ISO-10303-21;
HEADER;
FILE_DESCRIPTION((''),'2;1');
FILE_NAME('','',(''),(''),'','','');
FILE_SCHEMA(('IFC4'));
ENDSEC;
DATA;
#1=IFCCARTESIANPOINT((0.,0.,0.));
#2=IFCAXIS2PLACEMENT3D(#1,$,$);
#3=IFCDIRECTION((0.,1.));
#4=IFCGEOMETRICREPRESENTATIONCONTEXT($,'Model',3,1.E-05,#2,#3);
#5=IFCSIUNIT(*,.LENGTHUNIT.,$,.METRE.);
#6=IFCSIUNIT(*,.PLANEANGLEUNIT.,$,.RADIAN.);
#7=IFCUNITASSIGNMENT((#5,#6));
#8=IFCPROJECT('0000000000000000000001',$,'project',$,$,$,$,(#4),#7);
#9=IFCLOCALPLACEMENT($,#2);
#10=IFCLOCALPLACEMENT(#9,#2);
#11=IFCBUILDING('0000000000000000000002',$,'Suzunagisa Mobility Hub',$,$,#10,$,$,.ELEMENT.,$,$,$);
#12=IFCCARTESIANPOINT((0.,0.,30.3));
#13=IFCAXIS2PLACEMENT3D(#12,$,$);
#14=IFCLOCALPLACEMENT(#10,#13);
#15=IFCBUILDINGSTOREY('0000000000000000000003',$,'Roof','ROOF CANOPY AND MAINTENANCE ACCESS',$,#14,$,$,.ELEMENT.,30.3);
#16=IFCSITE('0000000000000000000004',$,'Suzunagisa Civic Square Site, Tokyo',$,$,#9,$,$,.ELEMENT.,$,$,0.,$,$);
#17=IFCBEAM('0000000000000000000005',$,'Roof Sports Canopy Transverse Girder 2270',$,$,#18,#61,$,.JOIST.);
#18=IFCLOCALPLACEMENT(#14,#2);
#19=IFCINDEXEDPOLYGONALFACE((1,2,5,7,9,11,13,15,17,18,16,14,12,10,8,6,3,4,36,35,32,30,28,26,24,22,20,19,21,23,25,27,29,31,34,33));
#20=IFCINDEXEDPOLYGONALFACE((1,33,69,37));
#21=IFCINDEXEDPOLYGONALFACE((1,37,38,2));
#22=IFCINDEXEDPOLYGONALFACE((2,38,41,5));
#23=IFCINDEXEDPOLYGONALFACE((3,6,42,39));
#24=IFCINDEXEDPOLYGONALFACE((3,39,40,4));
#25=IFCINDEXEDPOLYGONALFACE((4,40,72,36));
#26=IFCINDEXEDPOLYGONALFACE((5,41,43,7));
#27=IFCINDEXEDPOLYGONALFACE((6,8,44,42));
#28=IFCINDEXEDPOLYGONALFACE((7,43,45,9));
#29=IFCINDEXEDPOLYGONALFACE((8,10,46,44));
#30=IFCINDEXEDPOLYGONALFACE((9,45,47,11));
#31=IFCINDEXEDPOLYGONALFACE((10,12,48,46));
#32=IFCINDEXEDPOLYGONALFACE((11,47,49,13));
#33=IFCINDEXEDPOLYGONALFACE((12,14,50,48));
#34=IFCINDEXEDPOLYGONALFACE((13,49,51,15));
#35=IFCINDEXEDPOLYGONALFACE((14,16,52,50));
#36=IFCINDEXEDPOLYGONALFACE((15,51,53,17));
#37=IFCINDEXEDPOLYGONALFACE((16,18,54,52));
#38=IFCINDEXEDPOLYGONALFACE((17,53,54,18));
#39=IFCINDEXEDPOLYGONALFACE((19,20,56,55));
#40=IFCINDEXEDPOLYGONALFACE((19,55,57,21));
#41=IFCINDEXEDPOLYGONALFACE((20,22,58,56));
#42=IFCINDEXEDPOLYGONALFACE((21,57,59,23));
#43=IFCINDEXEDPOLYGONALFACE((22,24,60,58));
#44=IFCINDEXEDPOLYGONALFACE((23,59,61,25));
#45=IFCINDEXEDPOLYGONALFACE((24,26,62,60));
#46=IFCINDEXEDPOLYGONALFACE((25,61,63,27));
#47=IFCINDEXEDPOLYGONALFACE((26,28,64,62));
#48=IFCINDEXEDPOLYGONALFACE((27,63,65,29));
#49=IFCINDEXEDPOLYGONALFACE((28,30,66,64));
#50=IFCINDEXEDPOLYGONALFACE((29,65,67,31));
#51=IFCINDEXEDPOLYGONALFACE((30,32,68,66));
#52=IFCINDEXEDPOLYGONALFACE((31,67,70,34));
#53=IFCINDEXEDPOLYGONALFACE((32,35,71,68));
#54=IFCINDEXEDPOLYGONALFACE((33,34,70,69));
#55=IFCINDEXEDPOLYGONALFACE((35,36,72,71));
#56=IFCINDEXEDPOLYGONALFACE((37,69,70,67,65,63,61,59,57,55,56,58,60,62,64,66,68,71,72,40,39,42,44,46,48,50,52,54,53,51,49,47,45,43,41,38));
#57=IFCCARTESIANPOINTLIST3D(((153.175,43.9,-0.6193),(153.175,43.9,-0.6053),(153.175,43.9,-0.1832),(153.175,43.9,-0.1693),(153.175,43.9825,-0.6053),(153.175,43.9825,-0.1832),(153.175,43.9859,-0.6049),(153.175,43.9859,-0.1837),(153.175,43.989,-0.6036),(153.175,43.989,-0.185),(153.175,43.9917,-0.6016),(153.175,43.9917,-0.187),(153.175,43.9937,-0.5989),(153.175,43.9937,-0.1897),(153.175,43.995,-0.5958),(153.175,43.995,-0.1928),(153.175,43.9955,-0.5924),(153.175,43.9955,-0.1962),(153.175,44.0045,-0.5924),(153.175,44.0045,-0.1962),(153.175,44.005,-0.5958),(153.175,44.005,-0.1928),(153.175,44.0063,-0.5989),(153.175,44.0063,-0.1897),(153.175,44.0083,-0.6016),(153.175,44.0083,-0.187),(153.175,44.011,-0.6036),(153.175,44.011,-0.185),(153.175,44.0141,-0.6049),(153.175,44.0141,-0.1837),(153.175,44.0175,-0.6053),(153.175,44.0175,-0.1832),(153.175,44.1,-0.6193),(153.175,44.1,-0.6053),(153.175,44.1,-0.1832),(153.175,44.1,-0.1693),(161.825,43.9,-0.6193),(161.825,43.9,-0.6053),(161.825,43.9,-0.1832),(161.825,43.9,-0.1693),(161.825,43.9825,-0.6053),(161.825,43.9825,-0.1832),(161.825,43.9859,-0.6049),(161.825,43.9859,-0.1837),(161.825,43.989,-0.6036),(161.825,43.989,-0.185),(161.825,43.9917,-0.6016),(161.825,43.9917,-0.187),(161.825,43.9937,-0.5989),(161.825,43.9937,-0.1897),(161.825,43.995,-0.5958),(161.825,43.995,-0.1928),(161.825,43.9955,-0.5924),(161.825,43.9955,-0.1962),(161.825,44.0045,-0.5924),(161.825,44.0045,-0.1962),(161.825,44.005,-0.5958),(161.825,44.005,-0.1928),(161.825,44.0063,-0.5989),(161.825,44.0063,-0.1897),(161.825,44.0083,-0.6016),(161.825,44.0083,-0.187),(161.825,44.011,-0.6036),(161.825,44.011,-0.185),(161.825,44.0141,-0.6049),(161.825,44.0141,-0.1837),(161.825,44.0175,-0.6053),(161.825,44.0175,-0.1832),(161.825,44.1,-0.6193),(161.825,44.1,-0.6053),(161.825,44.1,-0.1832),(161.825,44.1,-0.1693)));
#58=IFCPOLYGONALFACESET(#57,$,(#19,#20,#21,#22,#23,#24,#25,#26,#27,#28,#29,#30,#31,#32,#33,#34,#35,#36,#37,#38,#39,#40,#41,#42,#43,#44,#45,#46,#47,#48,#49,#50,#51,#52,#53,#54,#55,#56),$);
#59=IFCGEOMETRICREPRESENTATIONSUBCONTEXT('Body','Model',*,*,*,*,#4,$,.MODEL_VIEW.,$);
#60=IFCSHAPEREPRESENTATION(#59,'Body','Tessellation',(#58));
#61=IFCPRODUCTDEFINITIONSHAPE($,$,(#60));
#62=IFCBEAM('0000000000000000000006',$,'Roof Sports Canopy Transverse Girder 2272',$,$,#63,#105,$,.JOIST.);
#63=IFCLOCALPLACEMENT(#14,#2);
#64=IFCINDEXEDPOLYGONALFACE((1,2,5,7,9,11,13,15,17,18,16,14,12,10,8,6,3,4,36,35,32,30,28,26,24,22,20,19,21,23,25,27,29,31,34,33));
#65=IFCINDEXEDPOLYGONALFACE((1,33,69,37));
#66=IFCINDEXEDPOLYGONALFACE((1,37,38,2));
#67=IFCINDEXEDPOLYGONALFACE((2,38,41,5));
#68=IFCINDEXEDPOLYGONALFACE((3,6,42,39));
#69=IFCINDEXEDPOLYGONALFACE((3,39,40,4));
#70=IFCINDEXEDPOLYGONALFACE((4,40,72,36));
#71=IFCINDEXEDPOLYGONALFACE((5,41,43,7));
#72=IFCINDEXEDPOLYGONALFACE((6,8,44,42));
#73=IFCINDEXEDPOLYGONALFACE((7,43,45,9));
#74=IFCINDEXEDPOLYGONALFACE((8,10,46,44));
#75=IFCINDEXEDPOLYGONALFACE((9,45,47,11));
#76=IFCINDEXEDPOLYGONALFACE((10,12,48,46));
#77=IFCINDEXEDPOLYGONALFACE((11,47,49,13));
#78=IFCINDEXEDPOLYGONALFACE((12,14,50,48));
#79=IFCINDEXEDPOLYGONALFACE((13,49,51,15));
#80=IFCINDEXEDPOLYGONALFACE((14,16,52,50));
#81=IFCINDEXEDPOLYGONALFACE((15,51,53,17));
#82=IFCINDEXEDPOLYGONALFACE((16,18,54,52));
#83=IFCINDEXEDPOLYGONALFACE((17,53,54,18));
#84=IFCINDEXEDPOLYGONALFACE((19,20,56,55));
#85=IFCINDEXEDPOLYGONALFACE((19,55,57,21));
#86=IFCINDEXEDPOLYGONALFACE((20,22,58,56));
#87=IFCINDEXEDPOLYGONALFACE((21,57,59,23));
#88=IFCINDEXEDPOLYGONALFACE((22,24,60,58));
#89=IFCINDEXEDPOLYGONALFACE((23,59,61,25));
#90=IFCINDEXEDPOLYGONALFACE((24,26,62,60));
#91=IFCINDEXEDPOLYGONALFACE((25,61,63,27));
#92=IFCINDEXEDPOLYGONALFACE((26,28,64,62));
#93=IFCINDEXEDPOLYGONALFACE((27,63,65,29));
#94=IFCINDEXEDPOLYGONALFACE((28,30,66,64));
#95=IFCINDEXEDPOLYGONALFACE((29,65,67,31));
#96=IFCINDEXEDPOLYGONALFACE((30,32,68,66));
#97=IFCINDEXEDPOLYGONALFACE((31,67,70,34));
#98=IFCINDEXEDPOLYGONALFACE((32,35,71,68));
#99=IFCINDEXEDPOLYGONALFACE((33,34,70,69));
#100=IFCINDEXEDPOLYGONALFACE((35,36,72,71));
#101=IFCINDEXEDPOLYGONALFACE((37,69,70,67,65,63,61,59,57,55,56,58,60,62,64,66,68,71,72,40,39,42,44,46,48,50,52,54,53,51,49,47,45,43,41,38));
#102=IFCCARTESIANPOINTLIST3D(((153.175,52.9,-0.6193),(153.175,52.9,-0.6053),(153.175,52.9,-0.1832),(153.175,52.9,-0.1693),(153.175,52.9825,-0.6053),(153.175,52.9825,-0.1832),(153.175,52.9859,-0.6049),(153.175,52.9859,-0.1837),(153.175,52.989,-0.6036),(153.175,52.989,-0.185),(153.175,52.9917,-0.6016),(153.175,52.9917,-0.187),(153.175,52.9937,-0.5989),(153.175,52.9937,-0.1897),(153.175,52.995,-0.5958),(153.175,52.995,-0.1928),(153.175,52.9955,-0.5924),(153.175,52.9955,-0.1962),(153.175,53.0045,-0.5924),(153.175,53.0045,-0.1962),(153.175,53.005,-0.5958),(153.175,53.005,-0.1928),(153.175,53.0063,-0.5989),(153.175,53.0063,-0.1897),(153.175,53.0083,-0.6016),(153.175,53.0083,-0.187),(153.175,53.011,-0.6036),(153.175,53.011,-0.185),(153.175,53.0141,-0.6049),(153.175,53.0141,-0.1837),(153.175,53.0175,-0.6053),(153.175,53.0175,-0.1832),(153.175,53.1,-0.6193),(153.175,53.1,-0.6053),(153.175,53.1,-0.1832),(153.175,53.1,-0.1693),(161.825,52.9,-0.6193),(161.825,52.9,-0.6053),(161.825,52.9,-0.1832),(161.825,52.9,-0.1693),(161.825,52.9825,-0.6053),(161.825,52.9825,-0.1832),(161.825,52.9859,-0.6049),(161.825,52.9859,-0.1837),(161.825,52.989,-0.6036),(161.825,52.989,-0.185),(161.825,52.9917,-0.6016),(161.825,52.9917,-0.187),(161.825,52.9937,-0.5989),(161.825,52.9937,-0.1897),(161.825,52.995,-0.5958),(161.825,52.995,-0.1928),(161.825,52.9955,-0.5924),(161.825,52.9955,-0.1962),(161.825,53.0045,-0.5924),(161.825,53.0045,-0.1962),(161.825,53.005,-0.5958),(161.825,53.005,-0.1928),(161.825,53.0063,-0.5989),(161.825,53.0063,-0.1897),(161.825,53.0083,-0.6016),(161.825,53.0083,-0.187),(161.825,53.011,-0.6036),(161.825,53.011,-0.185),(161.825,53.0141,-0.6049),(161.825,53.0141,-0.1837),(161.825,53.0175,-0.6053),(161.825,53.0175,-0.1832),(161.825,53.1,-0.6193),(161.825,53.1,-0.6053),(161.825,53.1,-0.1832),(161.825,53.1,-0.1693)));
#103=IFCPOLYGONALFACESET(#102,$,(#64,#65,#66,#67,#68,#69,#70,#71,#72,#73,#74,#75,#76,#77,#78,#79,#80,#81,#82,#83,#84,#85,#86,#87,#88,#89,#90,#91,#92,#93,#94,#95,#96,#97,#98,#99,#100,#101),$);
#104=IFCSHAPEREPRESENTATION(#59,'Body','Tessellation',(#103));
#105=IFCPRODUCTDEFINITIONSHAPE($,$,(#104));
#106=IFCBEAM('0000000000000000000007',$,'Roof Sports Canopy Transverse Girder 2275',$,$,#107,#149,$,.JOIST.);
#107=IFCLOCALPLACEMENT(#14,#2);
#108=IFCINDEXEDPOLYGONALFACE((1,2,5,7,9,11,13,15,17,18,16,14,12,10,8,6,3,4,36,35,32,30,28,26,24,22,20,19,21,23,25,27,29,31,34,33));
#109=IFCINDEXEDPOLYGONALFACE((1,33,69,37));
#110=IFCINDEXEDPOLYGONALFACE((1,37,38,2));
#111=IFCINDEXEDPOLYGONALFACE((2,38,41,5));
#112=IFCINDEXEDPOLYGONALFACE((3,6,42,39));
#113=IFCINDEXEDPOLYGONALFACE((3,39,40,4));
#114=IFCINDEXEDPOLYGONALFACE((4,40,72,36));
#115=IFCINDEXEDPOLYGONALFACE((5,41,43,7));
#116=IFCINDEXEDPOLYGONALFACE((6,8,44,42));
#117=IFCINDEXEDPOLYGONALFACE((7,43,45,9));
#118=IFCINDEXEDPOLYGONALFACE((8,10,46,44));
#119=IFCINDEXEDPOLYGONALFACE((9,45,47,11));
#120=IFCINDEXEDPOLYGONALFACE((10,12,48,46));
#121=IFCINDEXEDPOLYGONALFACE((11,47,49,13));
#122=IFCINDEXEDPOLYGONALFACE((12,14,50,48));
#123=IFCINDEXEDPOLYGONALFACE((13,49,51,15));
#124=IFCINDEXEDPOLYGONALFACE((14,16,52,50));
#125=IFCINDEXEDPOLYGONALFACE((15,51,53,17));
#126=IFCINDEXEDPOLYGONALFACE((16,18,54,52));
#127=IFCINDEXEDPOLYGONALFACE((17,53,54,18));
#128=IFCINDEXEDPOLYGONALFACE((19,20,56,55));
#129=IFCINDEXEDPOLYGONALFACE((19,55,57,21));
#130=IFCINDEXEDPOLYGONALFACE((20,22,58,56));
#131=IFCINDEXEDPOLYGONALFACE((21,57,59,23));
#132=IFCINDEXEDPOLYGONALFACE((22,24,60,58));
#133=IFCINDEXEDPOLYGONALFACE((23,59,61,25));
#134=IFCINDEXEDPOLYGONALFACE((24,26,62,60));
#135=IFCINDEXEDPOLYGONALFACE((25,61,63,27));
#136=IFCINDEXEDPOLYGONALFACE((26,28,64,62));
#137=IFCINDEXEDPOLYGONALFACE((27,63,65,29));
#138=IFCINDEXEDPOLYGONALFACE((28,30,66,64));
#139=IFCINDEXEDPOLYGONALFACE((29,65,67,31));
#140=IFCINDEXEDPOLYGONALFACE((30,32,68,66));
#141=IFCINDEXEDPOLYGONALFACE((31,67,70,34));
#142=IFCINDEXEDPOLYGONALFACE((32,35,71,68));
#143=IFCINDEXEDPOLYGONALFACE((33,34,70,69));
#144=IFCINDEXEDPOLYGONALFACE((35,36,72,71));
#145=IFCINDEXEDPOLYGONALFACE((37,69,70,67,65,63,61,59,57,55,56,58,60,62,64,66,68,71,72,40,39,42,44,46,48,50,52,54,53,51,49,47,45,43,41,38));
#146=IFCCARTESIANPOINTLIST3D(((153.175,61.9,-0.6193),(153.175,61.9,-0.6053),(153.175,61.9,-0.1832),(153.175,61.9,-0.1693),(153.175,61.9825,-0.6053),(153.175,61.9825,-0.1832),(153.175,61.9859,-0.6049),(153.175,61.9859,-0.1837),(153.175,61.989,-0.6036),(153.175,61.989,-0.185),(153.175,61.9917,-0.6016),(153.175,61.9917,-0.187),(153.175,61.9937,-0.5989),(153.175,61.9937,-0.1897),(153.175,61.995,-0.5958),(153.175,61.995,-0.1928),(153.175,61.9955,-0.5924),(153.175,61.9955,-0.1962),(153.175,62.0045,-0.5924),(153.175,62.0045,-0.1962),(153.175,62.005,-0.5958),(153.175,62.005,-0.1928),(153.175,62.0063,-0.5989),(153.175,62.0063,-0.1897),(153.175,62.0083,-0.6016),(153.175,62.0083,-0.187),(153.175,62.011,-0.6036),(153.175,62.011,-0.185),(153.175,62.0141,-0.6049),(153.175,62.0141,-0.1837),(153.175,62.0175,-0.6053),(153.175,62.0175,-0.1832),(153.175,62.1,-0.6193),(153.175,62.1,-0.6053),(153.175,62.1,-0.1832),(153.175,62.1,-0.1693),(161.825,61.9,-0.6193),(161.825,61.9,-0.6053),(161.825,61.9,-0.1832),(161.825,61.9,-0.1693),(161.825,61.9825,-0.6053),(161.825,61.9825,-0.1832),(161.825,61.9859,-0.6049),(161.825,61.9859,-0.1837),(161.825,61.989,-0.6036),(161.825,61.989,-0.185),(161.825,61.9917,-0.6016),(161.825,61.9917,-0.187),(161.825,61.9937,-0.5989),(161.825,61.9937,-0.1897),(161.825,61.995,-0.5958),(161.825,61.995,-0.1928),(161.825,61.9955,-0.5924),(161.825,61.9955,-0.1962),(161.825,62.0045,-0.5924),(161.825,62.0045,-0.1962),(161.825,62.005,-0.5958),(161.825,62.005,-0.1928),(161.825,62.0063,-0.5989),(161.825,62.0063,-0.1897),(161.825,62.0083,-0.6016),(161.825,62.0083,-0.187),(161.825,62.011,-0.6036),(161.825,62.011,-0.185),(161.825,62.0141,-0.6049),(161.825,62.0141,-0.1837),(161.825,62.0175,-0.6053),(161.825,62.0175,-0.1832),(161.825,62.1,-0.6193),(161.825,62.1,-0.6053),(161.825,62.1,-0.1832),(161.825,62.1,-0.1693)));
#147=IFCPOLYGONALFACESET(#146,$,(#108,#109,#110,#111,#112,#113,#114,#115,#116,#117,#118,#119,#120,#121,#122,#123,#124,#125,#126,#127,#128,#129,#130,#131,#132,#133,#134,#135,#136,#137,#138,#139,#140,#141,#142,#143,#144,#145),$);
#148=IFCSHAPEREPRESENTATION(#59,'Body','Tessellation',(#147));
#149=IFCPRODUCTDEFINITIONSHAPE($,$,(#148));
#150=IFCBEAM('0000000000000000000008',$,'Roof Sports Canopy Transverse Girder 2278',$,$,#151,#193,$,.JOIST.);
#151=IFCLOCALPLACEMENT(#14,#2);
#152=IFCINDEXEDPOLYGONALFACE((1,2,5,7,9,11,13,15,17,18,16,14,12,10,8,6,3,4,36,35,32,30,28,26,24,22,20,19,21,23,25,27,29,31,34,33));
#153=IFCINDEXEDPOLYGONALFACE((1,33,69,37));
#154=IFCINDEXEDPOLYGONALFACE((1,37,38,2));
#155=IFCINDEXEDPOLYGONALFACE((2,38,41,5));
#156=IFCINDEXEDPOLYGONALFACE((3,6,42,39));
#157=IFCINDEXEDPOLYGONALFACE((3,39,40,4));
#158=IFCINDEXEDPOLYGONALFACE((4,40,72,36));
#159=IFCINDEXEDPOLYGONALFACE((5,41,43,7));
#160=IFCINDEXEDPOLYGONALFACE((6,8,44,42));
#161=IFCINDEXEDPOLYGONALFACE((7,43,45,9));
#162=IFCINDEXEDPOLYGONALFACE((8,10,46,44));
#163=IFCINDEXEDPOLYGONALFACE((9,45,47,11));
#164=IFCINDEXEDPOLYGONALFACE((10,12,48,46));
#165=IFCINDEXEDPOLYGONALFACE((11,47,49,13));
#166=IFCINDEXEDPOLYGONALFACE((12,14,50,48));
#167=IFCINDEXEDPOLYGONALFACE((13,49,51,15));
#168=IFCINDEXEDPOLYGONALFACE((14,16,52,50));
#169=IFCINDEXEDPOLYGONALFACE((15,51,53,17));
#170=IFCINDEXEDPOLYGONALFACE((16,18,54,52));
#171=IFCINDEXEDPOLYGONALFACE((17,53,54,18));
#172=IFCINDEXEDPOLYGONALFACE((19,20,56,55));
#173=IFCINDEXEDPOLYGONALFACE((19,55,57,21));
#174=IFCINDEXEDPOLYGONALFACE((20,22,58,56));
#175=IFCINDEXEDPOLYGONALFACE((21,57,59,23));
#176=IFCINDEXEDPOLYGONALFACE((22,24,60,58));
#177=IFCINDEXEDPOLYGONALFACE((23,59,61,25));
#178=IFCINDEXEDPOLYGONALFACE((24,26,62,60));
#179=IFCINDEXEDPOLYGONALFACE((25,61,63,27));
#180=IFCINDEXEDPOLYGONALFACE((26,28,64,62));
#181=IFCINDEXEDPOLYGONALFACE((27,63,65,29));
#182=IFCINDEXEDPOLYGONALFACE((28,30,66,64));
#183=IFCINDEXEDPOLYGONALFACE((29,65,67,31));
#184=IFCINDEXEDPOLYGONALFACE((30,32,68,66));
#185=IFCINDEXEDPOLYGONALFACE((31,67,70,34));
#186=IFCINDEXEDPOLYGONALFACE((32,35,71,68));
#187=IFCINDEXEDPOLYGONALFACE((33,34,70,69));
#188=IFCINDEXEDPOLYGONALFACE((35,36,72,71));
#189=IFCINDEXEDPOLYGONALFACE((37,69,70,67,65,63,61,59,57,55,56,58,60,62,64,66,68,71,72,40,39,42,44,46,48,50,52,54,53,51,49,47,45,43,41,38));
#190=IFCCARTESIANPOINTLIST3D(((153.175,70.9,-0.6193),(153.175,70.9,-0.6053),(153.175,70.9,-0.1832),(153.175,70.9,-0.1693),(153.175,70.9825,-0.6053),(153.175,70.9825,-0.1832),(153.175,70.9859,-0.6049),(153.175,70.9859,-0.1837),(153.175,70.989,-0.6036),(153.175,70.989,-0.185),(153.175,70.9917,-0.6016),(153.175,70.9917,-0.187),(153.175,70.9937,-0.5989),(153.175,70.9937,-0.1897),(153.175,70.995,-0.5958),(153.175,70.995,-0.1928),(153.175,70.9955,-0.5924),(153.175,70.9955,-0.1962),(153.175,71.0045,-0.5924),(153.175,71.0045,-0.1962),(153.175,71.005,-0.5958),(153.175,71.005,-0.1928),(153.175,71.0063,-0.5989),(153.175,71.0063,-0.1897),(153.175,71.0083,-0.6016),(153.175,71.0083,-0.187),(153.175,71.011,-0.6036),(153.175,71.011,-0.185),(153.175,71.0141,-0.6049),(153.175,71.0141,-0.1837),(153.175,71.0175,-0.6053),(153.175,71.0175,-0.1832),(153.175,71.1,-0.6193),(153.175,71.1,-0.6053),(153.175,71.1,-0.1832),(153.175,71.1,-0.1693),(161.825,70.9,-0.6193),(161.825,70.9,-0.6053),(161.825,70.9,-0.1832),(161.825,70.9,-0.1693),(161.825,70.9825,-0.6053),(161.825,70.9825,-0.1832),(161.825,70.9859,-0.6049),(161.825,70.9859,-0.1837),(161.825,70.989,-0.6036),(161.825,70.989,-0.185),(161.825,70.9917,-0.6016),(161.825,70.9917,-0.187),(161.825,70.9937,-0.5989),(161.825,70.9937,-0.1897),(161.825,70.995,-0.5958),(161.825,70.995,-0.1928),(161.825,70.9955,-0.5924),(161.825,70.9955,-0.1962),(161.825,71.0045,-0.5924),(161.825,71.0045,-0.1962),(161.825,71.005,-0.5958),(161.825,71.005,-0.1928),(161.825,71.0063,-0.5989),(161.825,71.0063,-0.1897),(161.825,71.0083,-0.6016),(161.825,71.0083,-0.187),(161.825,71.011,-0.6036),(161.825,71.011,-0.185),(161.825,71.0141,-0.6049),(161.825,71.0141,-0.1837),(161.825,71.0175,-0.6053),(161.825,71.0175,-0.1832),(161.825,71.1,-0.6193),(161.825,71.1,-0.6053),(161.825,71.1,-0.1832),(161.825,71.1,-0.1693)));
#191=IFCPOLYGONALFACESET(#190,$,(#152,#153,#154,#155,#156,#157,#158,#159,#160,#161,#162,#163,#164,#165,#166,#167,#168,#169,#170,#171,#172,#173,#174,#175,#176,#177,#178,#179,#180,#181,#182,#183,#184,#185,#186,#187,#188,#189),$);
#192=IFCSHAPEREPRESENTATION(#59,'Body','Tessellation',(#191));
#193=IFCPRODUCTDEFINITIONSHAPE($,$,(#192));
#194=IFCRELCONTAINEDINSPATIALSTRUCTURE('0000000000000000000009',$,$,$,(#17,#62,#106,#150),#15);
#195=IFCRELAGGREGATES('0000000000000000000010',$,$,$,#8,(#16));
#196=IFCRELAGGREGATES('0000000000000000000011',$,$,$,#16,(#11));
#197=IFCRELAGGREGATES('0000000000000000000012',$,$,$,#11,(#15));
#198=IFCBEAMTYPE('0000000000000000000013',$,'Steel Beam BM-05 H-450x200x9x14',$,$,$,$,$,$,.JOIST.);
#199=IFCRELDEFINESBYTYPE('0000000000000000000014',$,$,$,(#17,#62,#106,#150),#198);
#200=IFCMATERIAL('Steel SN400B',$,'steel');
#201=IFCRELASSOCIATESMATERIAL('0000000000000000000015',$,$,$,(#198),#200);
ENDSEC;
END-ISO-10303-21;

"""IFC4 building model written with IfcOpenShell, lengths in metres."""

from ifc_helpers import new_model, si_unit, direction, frame, origin, origin_2d, place, context, subcontext, project, spatial, i_section, extrude, material, material_profile, profile_set, type_object, element, save


model = new_model("IFC4")

# Units and contexts
model_context = context("Model", 3, precision=1e-05, world=origin(), true_north=direction((0.0, 1.0)))
body_context = subcontext(model_context, "Body", "Model", "MODEL_VIEW")
ifc_project = project(units=[si_unit("LENGTHUNIT", "METRE"), si_unit("PLANEANGLEUNIT", "RADIAN")], contexts=[model_context])

# Site, building, storey
site_placement = place(None, origin())
site = spatial("IfcSite", under=ifc_project, at=site_placement, Name="Suzunagisa Civic Square Site, Tokyo", CompositionType="ELEMENT", RefElevation=0.0)
building_placement = place(site_placement, origin())
building = spatial("IfcBuilding", under=site, at=building_placement, Name="Suzunagisa Mobility Hub", CompositionType="ELEMENT")
storey_placement = place(building_placement, frame((0.0, 0.0, 30.3)))
storey = spatial("IfcBuildingStorey", under=building, at=storey_placement, Name="Roof", Description="ROOF CANOPY AND MAINTENANCE ACCESS", CompositionType="ELEMENT", Elevation=30.3)

# Beams
ifc_material_1 = material(Name="Steel SN400B", Category="steel")
ifc_material_profile = material_profile(ifc_material_1, i_section(OverallWidth=0.2, OverallDepth=0.45, WebThickness=0.009, FlangeThickness=0.0139, FilletRadius=0.0129, at=origin_2d()), Name="H-450x200x9x14")
ifc_profile_set = profile_set([ifc_material_profile], Name="Steel SN400B")
beam_type = type_object("IfcBeamType", Name="Steel Beam BM-05 H-450x200x9x14", PredefinedType="JOIST", material=ifc_profile_set)
for number, where, z_axis, x_axis, name in (
    (1, (153.175, 44.0, -0.3943), (1.0, 0.0, 0.0), (0.0, 1.0, 0.0), "Roof Sports Canopy Transverse Girder 2270"),
    (2, (153.175, 53.0, -0.3943), (1.0, 0.0, 0.0), (0.0, 1.0, 0.0), "Roof Sports Canopy Transverse Girder 2272"),
    (3, (153.175, 62.0, -0.3943), (1.0, 0.0, 0.0), (0.0, 1.0, 0.0), "Roof Sports Canopy Transverse Girder 2275"),
    (4, (153.175, 71.0, -0.3943), (1.0, 0.0, 0.0), (0.0, 1.0, 0.0), "Roof Sports Canopy Transverse Girder 2278"),
):
    element("IfcBeam", number, at=place(storey_placement, frame(where, z_axis=z_axis, x_axis=x_axis)), inside=storey, type_object=beam_type, Name=name, PredefinedType="JOIST", context=body_context, shape_type="SweptSolid", body=[
        extrude(i_section(OverallWidth=0.2, OverallDepth=0.45, WebThickness=0.009, FlangeThickness=0.0139, FilletRadius=0.0129, at=origin_2d()), origin(), (0.0, 0.0, 1.0), 8.6499),
    ])

save(model, "model.ifc")
